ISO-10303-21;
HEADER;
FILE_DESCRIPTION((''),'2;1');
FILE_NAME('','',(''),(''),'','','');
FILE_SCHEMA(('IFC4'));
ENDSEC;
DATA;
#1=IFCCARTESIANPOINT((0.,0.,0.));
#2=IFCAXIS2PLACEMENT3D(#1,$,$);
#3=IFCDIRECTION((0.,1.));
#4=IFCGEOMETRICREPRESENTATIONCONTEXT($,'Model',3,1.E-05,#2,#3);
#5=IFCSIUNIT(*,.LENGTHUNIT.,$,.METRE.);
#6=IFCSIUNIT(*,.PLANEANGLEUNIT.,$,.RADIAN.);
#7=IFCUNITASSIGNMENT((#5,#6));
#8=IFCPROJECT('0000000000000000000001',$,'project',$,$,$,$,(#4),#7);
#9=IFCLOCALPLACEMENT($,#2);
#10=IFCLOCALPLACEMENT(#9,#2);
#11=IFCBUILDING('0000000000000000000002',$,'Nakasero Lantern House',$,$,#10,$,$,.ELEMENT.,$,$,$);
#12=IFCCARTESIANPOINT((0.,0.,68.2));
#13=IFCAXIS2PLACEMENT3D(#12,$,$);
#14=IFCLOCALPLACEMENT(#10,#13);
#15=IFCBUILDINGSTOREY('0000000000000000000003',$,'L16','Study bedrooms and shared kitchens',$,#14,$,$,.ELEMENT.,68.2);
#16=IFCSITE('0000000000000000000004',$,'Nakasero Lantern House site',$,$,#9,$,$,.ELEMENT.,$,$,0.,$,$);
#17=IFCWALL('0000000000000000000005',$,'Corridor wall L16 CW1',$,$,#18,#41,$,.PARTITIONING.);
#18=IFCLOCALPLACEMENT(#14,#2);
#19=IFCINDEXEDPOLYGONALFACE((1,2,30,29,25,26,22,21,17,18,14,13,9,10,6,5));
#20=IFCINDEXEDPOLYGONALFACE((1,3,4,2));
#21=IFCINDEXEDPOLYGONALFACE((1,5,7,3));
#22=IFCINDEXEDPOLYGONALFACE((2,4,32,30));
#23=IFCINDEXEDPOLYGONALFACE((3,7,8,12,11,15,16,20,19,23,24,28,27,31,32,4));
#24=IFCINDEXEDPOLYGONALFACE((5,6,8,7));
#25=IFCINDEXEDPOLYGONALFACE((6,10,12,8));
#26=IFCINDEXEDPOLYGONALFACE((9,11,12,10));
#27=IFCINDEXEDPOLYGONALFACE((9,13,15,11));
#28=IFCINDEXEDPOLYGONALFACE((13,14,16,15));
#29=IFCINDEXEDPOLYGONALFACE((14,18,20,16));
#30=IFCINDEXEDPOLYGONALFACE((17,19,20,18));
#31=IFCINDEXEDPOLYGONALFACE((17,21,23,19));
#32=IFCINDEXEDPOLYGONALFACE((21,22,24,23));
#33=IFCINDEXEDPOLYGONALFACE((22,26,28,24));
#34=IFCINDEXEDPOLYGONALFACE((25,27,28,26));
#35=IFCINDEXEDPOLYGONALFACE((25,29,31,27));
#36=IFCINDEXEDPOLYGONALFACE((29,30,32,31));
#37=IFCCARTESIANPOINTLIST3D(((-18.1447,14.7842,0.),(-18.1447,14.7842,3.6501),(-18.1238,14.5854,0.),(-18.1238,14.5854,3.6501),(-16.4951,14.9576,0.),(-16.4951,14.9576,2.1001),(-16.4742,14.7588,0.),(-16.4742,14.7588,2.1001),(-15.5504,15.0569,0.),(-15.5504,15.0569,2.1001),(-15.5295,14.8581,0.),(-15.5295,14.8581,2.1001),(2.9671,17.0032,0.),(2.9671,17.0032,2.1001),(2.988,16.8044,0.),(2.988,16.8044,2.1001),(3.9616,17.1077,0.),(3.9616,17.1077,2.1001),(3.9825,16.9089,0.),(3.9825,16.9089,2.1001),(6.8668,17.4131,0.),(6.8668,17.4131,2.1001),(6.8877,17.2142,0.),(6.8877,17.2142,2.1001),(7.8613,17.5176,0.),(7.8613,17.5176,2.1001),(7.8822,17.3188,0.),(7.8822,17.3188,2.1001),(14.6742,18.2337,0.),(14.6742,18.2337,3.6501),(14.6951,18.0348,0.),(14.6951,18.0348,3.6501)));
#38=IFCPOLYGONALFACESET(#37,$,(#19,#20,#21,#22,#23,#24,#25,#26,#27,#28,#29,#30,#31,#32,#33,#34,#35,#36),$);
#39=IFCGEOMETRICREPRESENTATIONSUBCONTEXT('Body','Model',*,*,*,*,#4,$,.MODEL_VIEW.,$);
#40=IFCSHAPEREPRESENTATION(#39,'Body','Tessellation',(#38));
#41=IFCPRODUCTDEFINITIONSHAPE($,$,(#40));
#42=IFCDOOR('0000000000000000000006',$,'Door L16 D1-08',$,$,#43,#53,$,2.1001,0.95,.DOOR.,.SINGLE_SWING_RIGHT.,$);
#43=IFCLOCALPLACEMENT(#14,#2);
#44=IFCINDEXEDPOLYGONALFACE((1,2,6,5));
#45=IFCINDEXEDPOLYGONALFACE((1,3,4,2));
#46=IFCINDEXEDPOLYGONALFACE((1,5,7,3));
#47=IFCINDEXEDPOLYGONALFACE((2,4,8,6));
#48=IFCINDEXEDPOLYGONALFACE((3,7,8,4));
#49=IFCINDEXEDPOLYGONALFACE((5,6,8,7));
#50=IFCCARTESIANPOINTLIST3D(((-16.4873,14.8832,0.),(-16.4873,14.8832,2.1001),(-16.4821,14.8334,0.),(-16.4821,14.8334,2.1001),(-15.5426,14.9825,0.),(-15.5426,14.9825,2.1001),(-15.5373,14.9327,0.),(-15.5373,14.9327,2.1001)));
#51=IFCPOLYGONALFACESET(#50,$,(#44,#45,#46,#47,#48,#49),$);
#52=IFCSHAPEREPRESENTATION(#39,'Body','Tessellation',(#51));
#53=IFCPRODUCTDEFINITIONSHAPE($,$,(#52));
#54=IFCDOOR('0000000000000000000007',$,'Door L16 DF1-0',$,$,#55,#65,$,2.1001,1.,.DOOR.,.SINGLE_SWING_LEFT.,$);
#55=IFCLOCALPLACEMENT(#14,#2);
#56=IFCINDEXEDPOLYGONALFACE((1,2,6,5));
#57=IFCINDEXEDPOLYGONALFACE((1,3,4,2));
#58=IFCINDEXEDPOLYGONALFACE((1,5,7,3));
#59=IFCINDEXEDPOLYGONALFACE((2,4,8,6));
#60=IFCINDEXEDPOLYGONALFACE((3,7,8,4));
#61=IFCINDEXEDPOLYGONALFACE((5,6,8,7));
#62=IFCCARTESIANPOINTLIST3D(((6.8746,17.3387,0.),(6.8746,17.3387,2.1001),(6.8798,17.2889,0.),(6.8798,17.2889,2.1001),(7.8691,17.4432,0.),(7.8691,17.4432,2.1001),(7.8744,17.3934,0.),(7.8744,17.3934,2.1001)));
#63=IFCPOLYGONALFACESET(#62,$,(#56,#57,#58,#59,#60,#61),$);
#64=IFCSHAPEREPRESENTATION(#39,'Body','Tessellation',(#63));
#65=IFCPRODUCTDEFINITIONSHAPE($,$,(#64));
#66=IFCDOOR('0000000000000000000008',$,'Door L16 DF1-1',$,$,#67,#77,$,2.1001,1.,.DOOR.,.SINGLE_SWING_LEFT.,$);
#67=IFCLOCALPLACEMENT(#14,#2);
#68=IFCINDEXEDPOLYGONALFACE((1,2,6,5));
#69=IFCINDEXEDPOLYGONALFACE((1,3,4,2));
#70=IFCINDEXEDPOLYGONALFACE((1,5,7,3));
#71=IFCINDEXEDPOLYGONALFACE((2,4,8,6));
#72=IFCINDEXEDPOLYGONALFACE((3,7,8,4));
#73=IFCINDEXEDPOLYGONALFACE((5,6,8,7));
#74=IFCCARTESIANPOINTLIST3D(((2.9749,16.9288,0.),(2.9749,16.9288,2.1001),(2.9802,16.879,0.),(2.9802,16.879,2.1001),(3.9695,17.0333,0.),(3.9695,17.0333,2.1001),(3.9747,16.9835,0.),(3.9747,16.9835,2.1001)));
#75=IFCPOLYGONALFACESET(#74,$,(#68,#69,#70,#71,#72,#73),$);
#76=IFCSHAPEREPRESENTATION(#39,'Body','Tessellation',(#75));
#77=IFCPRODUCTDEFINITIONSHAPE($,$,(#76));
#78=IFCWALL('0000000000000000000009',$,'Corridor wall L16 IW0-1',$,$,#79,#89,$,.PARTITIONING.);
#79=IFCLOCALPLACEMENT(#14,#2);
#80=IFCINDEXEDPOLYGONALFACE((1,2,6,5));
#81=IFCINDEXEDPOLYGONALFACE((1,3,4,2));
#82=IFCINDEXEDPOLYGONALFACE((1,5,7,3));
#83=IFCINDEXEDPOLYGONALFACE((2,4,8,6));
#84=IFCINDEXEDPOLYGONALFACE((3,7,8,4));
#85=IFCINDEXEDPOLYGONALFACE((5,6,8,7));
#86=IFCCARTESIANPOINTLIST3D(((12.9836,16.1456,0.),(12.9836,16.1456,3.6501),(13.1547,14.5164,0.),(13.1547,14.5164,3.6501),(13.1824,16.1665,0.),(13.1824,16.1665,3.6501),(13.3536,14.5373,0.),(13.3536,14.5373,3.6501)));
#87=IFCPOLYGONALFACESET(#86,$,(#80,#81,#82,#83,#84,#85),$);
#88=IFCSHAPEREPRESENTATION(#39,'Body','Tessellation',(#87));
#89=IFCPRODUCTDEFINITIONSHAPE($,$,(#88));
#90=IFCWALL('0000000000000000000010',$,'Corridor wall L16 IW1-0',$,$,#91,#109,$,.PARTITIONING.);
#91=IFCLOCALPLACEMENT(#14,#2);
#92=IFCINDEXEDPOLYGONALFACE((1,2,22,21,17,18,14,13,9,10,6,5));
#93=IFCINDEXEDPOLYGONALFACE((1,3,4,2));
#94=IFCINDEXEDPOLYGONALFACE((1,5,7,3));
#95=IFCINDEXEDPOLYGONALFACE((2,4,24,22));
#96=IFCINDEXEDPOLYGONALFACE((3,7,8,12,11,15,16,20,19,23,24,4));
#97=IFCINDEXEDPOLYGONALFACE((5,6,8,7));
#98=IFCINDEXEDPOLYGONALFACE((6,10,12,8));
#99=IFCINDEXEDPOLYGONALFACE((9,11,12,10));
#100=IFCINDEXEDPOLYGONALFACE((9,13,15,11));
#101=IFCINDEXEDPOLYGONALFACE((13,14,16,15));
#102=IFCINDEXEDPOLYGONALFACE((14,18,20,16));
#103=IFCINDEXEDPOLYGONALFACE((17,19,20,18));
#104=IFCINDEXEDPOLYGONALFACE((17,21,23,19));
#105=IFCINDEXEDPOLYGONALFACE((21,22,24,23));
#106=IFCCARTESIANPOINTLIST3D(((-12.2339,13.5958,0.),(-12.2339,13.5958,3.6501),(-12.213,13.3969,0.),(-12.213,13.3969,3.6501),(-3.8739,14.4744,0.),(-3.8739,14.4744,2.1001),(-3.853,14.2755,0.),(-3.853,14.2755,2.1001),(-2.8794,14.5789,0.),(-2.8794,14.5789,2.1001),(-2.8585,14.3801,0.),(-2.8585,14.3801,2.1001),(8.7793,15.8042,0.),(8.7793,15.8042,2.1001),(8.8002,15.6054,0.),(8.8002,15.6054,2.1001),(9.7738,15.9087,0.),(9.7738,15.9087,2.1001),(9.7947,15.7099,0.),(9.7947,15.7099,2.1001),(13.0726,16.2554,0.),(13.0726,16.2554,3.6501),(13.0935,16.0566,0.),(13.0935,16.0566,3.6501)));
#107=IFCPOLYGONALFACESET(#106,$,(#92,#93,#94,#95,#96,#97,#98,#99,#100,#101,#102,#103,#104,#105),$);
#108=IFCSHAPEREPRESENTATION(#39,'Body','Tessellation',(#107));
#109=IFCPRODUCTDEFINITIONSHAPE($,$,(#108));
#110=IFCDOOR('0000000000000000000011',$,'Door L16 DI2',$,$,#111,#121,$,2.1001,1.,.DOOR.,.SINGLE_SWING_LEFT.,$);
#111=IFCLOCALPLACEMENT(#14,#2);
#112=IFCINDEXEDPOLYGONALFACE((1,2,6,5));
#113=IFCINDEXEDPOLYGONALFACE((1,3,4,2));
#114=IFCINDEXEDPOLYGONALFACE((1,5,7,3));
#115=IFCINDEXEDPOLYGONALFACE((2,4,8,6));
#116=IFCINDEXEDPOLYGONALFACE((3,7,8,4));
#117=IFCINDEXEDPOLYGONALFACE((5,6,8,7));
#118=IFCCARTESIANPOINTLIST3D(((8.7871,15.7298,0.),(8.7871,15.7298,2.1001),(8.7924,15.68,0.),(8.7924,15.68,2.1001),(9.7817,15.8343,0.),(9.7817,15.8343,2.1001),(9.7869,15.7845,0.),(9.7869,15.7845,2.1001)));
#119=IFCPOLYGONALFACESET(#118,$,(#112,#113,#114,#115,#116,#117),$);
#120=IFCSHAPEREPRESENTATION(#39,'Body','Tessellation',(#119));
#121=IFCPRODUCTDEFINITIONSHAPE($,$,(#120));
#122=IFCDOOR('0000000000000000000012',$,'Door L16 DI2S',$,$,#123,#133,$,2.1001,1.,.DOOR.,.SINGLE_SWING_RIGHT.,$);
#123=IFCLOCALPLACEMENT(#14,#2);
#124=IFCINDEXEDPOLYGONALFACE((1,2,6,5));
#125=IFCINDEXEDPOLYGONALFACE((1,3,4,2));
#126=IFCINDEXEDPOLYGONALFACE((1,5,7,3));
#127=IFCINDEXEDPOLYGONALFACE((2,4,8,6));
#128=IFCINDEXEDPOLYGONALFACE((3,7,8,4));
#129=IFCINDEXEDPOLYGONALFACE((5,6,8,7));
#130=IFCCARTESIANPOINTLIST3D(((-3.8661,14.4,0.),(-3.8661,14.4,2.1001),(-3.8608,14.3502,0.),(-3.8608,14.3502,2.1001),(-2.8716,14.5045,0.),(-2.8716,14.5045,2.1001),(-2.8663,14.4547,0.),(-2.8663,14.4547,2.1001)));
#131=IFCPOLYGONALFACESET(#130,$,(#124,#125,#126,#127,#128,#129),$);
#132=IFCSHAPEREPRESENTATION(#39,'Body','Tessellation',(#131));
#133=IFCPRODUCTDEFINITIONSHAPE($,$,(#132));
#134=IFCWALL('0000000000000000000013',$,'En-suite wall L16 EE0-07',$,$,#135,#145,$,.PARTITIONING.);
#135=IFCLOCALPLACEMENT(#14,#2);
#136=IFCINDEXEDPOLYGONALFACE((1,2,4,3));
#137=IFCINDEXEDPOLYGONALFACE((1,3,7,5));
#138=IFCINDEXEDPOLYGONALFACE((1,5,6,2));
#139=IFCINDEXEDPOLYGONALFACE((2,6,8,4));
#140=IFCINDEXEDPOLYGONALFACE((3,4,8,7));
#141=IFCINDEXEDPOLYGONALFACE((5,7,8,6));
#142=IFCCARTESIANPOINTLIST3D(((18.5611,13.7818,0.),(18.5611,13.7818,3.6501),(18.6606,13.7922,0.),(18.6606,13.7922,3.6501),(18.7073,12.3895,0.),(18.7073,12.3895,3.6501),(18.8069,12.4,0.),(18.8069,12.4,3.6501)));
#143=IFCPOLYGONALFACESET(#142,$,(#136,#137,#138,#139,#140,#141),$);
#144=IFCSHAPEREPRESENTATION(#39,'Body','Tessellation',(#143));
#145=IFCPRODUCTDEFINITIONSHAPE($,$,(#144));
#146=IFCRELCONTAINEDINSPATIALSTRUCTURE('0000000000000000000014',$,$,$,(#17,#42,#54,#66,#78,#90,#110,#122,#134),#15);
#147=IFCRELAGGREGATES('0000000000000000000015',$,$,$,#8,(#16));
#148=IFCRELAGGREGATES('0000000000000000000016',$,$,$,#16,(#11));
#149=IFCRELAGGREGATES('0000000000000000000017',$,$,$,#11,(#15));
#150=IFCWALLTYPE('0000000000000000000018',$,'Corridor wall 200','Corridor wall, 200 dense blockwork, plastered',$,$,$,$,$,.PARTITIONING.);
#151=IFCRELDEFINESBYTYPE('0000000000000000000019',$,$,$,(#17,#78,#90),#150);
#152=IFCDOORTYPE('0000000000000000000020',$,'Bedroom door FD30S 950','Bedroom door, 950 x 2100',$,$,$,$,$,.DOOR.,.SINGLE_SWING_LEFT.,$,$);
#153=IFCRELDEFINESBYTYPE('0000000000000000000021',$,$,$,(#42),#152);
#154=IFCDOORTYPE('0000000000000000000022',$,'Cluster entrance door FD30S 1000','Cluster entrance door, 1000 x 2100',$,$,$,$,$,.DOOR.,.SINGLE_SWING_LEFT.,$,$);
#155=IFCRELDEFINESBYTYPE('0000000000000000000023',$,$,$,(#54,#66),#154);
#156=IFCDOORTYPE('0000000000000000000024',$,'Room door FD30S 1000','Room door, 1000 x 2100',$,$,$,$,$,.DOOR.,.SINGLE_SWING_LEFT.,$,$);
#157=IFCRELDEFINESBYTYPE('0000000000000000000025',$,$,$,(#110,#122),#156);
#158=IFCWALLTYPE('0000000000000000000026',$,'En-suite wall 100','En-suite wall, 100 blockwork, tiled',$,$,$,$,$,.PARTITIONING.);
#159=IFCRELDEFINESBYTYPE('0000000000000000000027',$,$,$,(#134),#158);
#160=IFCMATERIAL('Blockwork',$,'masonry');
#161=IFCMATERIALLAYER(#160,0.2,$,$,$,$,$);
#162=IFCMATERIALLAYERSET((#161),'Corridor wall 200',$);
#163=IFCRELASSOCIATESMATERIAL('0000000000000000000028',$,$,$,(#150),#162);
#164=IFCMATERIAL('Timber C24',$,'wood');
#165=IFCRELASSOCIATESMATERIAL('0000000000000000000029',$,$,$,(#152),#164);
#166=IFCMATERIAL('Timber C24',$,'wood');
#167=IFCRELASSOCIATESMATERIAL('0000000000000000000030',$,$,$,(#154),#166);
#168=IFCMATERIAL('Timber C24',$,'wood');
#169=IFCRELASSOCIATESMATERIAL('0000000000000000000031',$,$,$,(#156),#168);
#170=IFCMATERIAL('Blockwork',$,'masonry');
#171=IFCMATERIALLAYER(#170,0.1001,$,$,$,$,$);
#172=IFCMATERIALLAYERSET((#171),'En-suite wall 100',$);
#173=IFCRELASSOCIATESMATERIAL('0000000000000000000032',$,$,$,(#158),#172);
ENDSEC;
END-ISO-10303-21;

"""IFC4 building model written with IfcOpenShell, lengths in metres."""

from ifc_helpers import new_model, si_unit, direction, frame, frame_2d, origin, place, context, subcontext, project, spatial, rectangle, extrude, material, layer, layer_set, type_object, element, fill, save


model = new_model("IFC4")

# Units and contexts
model_context = context("Model", 3, precision=1e-05, world=origin(), true_north=direction((0.0, 1.0)))
body_context = subcontext(model_context, "Body", "Model", "MODEL_VIEW")
ifc_project = project(units=[si_unit("LENGTHUNIT", "METRE"), si_unit("PLANEANGLEUNIT", "RADIAN")], contexts=[model_context])

# Site, building, storey
site_placement = place(None, origin())
site = spatial("IfcSite", under=ifc_project, at=site_placement, Name="Nakasero Lantern House site", CompositionType="ELEMENT", RefElevation=0.0)
building_placement = place(site_placement, origin())
building = spatial("IfcBuilding", under=site, at=building_placement, Name="Nakasero Lantern House", CompositionType="ELEMENT")
storey_placement = place(building_placement, frame((0.0, 0.0, 68.2)))
storey = spatial("IfcBuildingStorey", under=building, at=storey_placement, Name="L16", Description="Study bedrooms and shared kitchens", CompositionType="ELEMENT", Elevation=68.2)

# Wall, openings, doors
ifc_material_1 = material(Name="Blockwork", Category="masonry")
ifc_layer_1 = layer(ifc_material_1, 0.2)
ifc_layer_set_1 = layer_set([ifc_layer_1], Name="Corridor wall 200")
wall_type_1 = type_object("IfcWallType", Name="Corridor wall 200", Description="Corridor wall, 200 dense blockwork, plastered", PredefinedType="PARTITIONING", material=ifc_layer_set_1)
wall_1_placement = place(storey_placement, frame((14.6848, 18.1343, 0.0), z_axis=(0.0, 0.0, 1.0), x_axis=(-0.994522, -0.10453, 0.0)))
wall_1 = element("IfcWall", 1, at=wall_1_placement, inside=storey, type_object=wall_type_1, Name="Corridor wall L16 CW1", PredefinedType="PARTITIONING", context=body_context, shape_type="SweptSolid", body=[
    extrude(rectangle(XDim=32.9998, YDim=0.2, at=frame_2d((16.5, 0.0))), origin(), (0.0, 0.0, 1.0), 3.6501),
])
opening_1_placement = place(wall_1_placement, frame((6.8506, 0.0, 0.0)))
opening_1 = element("IfcOpeningElement", 2, at=opening_1_placement, cuts=wall_1, PredefinedType="OPENING", context=body_context, shape_type="SweptSolid", body=[
    extrude(rectangle(XDim=1.0, YDim=2.1001, at=frame_2d((0.5, 1.05))), frame((0.0, 0.1199, 0.0), z_axis=(0.0, -1.0, 0.0), x_axis=(1.0, 0.0, 0.0)), (0.0, 0.0, 1.0), 0.24),
])
opening_2_placement = place(wall_1_placement, frame((10.7717, 0.0, 0.0)))
opening_2 = element("IfcOpeningElement", 3, at=opening_2_placement, cuts=wall_1, PredefinedType="OPENING", context=body_context, shape_type="SweptSolid", body=[
    extrude(rectangle(XDim=1.0, YDim=2.1001, at=frame_2d((0.5, 1.05))), frame((0.0, 0.1199, 0.0), z_axis=(0.0, -1.0, 0.0), x_axis=(1.0, 0.0, 0.0)), (0.0, 0.0, 1.0), 0.24),
])
opening_3_placement = place(wall_1_placement, frame((30.3911, 0.0, 0.0)))
opening_3 = element("IfcOpeningElement", 4, at=opening_3_placement, cuts=wall_1, PredefinedType="OPENING", context=body_context, shape_type="SweptSolid", body=[
    extrude(rectangle(XDim=0.95, YDim=2.1001, at=frame_2d((0.4751, 1.05))), frame((0.0, 0.1199, 0.0), z_axis=(0.0, -1.0, 0.0), x_axis=(1.0, 0.0, 0.0)), (0.0, 0.0, 1.0), 0.24),
])
ifc_material_2 = material(Name="Timber C24", Category="wood")
door_type_1 = type_object("IfcDoorType", Name="Bedroom door FD30S 950", Description="Bedroom door, 950 x 2100", OperationType="SINGLE_SWING_LEFT", PredefinedType="DOOR", material=ifc_material_2)
door_1_placement = place(opening_3_placement, origin())
door_1 = element("IfcDoor", 5, at=door_1_placement, inside=storey, type_object=door_type_1, Name="Door L16 D1-08", OperationType="SINGLE_SWING_RIGHT", OverallHeight=2.1001, OverallWidth=0.95, PredefinedType="DOOR", context=body_context, shape_type="SweptSolid", body=[
    extrude(rectangle(XDim=0.95, YDim=2.1001, at=frame_2d((0.4751, 1.05))), frame((0.0, 0.0249, 0.0), z_axis=(0.0, -1.0, 0.0), x_axis=(1.0, 0.0, 0.0)), (0.0, 0.0, 1.0), 0.05),
])
fill(opening_3, door_1)
ifc_material_3 = material(Name="Timber C24", Category="wood")
door_type_2 = type_object("IfcDoorType", Name="Cluster entrance door FD30S 1000", Description="Cluster entrance door, 1000 x 2100", OperationType="SINGLE_SWING_LEFT", PredefinedType="DOOR", material=ifc_material_3)
door_2_placement = place(opening_1_placement, origin())
door_2 = element("IfcDoor", 6, at=door_2_placement, inside=storey, type_object=door_type_2, Name="Door L16 DF1-0", OperationType="SINGLE_SWING_LEFT", OverallHeight=2.1001, OverallWidth=1.0, PredefinedType="DOOR", context=body_context, shape_type="SweptSolid", body=[
    extrude(rectangle(XDim=1.0, YDim=2.1001, at=frame_2d((0.5, 1.05))), frame((0.0, 0.0249, 0.0), z_axis=(0.0, -1.0, 0.0), x_axis=(1.0, 0.0, 0.0)), (0.0, 0.0, 1.0), 0.05),
])
fill(opening_1, door_2)
door_3_placement = place(opening_2_placement, origin())
door_3 = element("IfcDoor", 7, at=door_3_placement, inside=storey, type_object=door_type_2, Name="Door L16 DF1-1", OperationType="SINGLE_SWING_LEFT", OverallHeight=2.1001, OverallWidth=1.0, PredefinedType="DOOR", context=body_context, shape_type="SweptSolid", body=[
    extrude(rectangle(XDim=1.0, YDim=2.1001, at=frame_2d((0.5, 1.05))), frame((0.0, 0.0249, 0.0), z_axis=(0.0, -1.0, 0.0), x_axis=(1.0, 0.0, 0.0)), (0.0, 0.0, 1.0), 0.05),
])
fill(opening_2, door_3)

# Wall
wall_2_placement = place(storey_placement, frame((13.2542, 14.5269, 0.0), z_axis=(0.0, 0.0, 1.0), x_axis=(-0.104475, 0.994527, 0.0)))
element("IfcWall", 8, at=wall_2_placement, inside=storey, type_object=wall_type_1, Name="Corridor wall L16 IW0-1", PredefinedType="PARTITIONING", context=body_context, shape_type="SweptSolid", body=[
    extrude(rectangle(XDim=1.6382, YDim=0.2, at=frame_2d((0.8191, 0.0))), origin(), (0.0, 0.0, 1.0), 3.6501),
])

# Wall, openings, doors
wall_3_placement = place(storey_placement, frame((13.083, 16.156, 0.0), z_axis=(0.0, 0.0, 1.0), x_axis=(-0.994522, -0.104523, 0.0)))
wall_3 = element("IfcWall", 9, at=wall_3_placement, inside=storey, type_object=wall_type_1, Name="Corridor wall L16 IW1-0", PredefinedType="PARTITIONING", context=body_context, shape_type="SweptSolid", body=[
    extrude(rectangle(XDim=25.4458, YDim=0.2, at=frame_2d((12.7229, 0.0))), origin(), (0.0, 0.0, 1.0), 3.6501),
])
opening_4_placement = place(wall_3_placement, frame((3.3169, 0.0, 0.0)))
opening_4 = element("IfcOpeningElement", 10, at=opening_4_placement, cuts=wall_3, PredefinedType="OPENING", context=body_context, shape_type="SweptSolid", body=[
    extrude(rectangle(XDim=1.0, YDim=2.1001, at=frame_2d((0.5, 1.05))), frame((0.0, 0.1199, 0.0), z_axis=(0.0, -1.0, 0.0), x_axis=(1.0, 0.0, 0.0)), (0.0, 0.0, 1.0), 0.24),
])
opening_5_placement = place(wall_3_placement, frame((16.0398, 0.0, 0.0)))
opening_5 = element("IfcOpeningElement", 11, at=opening_5_placement, cuts=wall_3, PredefinedType="OPENING", context=body_context, shape_type="SweptSolid", body=[
    extrude(rectangle(XDim=1.0, YDim=2.1001, at=frame_2d((0.5, 1.05))), frame((0.0, 0.1199, 0.0), z_axis=(0.0, -1.0, 0.0), x_axis=(1.0, 0.0, 0.0)), (0.0, 0.0, 1.0), 0.24),
])
ifc_material_4 = material(Name="Timber C24", Category="wood")
door_type_3 = type_object("IfcDoorType", Name="Room door FD30S 1000", Description="Room door, 1000 x 2100", OperationType="SINGLE_SWING_LEFT", PredefinedType="DOOR", material=ifc_material_4)
door_4_placement = place(opening_4_placement, origin())
door_4 = element("IfcDoor", 12, at=door_4_placement, inside=storey, type_object=door_type_3, Name="Door L16 DI2", OperationType="SINGLE_SWING_LEFT", OverallHeight=2.1001, OverallWidth=1.0, PredefinedType="DOOR", context=body_context, shape_type="SweptSolid", body=[
    extrude(rectangle(XDim=1.0, YDim=2.1001, at=frame_2d((0.5, 1.05))), frame((0.0, 0.0249, 0.0), z_axis=(0.0, -1.0, 0.0), x_axis=(1.0, 0.0, 0.0)), (0.0, 0.0, 1.0), 0.05),
])
fill(opening_4, door_4)
door_5_placement = place(opening_5_placement, origin())
door_5 = element("IfcDoor", 13, at=door_5_placement, inside=storey, type_object=door_type_3, Name="Door L16 DI2S", OperationType="SINGLE_SWING_RIGHT", OverallHeight=2.1001, OverallWidth=1.0, PredefinedType="DOOR", context=body_context, shape_type="SweptSolid", body=[
    extrude(rectangle(XDim=1.0, YDim=2.1001, at=frame_2d((0.5, 1.05))), frame((0.0, 0.0249, 0.0), z_axis=(0.0, -1.0, 0.0), x_axis=(1.0, 0.0, 0.0)), (0.0, 0.0, 1.0), 0.05),
])
fill(opening_5, door_5)

# Wall
ifc_material_5 = material(Name="Blockwork", Category="masonry")
ifc_layer_2 = layer(ifc_material_5, 0.1001)
ifc_layer_set_2 = layer_set([ifc_layer_2], Name="En-suite wall 100")
wall_type_2 = type_object("IfcWallType", Name="En-suite wall 100", Description="En-suite wall, 100 blockwork, tiled", PredefinedType="PARTITIONING", material=ifc_layer_set_2)
wall_4_placement = place(storey_placement, frame((18.7571, 12.3948, 0.0), z_axis=(0.0, 0.0, 1.0), x_axis=(-0.104458, 0.994529, 0.0)))
element("IfcWall", 14, at=wall_4_placement, inside=storey, type_object=wall_type_2, Name="En-suite wall L16 EE0-07", PredefinedType="PARTITIONING", context=body_context, shape_type="SweptSolid", body=[
    extrude(rectangle(XDim=1.3999, YDim=0.1001, at=frame_2d((0.7, 0.0))), origin(), (0.0, 0.0, 1.0), 3.6501),
])

save(model, "model.ifc")
